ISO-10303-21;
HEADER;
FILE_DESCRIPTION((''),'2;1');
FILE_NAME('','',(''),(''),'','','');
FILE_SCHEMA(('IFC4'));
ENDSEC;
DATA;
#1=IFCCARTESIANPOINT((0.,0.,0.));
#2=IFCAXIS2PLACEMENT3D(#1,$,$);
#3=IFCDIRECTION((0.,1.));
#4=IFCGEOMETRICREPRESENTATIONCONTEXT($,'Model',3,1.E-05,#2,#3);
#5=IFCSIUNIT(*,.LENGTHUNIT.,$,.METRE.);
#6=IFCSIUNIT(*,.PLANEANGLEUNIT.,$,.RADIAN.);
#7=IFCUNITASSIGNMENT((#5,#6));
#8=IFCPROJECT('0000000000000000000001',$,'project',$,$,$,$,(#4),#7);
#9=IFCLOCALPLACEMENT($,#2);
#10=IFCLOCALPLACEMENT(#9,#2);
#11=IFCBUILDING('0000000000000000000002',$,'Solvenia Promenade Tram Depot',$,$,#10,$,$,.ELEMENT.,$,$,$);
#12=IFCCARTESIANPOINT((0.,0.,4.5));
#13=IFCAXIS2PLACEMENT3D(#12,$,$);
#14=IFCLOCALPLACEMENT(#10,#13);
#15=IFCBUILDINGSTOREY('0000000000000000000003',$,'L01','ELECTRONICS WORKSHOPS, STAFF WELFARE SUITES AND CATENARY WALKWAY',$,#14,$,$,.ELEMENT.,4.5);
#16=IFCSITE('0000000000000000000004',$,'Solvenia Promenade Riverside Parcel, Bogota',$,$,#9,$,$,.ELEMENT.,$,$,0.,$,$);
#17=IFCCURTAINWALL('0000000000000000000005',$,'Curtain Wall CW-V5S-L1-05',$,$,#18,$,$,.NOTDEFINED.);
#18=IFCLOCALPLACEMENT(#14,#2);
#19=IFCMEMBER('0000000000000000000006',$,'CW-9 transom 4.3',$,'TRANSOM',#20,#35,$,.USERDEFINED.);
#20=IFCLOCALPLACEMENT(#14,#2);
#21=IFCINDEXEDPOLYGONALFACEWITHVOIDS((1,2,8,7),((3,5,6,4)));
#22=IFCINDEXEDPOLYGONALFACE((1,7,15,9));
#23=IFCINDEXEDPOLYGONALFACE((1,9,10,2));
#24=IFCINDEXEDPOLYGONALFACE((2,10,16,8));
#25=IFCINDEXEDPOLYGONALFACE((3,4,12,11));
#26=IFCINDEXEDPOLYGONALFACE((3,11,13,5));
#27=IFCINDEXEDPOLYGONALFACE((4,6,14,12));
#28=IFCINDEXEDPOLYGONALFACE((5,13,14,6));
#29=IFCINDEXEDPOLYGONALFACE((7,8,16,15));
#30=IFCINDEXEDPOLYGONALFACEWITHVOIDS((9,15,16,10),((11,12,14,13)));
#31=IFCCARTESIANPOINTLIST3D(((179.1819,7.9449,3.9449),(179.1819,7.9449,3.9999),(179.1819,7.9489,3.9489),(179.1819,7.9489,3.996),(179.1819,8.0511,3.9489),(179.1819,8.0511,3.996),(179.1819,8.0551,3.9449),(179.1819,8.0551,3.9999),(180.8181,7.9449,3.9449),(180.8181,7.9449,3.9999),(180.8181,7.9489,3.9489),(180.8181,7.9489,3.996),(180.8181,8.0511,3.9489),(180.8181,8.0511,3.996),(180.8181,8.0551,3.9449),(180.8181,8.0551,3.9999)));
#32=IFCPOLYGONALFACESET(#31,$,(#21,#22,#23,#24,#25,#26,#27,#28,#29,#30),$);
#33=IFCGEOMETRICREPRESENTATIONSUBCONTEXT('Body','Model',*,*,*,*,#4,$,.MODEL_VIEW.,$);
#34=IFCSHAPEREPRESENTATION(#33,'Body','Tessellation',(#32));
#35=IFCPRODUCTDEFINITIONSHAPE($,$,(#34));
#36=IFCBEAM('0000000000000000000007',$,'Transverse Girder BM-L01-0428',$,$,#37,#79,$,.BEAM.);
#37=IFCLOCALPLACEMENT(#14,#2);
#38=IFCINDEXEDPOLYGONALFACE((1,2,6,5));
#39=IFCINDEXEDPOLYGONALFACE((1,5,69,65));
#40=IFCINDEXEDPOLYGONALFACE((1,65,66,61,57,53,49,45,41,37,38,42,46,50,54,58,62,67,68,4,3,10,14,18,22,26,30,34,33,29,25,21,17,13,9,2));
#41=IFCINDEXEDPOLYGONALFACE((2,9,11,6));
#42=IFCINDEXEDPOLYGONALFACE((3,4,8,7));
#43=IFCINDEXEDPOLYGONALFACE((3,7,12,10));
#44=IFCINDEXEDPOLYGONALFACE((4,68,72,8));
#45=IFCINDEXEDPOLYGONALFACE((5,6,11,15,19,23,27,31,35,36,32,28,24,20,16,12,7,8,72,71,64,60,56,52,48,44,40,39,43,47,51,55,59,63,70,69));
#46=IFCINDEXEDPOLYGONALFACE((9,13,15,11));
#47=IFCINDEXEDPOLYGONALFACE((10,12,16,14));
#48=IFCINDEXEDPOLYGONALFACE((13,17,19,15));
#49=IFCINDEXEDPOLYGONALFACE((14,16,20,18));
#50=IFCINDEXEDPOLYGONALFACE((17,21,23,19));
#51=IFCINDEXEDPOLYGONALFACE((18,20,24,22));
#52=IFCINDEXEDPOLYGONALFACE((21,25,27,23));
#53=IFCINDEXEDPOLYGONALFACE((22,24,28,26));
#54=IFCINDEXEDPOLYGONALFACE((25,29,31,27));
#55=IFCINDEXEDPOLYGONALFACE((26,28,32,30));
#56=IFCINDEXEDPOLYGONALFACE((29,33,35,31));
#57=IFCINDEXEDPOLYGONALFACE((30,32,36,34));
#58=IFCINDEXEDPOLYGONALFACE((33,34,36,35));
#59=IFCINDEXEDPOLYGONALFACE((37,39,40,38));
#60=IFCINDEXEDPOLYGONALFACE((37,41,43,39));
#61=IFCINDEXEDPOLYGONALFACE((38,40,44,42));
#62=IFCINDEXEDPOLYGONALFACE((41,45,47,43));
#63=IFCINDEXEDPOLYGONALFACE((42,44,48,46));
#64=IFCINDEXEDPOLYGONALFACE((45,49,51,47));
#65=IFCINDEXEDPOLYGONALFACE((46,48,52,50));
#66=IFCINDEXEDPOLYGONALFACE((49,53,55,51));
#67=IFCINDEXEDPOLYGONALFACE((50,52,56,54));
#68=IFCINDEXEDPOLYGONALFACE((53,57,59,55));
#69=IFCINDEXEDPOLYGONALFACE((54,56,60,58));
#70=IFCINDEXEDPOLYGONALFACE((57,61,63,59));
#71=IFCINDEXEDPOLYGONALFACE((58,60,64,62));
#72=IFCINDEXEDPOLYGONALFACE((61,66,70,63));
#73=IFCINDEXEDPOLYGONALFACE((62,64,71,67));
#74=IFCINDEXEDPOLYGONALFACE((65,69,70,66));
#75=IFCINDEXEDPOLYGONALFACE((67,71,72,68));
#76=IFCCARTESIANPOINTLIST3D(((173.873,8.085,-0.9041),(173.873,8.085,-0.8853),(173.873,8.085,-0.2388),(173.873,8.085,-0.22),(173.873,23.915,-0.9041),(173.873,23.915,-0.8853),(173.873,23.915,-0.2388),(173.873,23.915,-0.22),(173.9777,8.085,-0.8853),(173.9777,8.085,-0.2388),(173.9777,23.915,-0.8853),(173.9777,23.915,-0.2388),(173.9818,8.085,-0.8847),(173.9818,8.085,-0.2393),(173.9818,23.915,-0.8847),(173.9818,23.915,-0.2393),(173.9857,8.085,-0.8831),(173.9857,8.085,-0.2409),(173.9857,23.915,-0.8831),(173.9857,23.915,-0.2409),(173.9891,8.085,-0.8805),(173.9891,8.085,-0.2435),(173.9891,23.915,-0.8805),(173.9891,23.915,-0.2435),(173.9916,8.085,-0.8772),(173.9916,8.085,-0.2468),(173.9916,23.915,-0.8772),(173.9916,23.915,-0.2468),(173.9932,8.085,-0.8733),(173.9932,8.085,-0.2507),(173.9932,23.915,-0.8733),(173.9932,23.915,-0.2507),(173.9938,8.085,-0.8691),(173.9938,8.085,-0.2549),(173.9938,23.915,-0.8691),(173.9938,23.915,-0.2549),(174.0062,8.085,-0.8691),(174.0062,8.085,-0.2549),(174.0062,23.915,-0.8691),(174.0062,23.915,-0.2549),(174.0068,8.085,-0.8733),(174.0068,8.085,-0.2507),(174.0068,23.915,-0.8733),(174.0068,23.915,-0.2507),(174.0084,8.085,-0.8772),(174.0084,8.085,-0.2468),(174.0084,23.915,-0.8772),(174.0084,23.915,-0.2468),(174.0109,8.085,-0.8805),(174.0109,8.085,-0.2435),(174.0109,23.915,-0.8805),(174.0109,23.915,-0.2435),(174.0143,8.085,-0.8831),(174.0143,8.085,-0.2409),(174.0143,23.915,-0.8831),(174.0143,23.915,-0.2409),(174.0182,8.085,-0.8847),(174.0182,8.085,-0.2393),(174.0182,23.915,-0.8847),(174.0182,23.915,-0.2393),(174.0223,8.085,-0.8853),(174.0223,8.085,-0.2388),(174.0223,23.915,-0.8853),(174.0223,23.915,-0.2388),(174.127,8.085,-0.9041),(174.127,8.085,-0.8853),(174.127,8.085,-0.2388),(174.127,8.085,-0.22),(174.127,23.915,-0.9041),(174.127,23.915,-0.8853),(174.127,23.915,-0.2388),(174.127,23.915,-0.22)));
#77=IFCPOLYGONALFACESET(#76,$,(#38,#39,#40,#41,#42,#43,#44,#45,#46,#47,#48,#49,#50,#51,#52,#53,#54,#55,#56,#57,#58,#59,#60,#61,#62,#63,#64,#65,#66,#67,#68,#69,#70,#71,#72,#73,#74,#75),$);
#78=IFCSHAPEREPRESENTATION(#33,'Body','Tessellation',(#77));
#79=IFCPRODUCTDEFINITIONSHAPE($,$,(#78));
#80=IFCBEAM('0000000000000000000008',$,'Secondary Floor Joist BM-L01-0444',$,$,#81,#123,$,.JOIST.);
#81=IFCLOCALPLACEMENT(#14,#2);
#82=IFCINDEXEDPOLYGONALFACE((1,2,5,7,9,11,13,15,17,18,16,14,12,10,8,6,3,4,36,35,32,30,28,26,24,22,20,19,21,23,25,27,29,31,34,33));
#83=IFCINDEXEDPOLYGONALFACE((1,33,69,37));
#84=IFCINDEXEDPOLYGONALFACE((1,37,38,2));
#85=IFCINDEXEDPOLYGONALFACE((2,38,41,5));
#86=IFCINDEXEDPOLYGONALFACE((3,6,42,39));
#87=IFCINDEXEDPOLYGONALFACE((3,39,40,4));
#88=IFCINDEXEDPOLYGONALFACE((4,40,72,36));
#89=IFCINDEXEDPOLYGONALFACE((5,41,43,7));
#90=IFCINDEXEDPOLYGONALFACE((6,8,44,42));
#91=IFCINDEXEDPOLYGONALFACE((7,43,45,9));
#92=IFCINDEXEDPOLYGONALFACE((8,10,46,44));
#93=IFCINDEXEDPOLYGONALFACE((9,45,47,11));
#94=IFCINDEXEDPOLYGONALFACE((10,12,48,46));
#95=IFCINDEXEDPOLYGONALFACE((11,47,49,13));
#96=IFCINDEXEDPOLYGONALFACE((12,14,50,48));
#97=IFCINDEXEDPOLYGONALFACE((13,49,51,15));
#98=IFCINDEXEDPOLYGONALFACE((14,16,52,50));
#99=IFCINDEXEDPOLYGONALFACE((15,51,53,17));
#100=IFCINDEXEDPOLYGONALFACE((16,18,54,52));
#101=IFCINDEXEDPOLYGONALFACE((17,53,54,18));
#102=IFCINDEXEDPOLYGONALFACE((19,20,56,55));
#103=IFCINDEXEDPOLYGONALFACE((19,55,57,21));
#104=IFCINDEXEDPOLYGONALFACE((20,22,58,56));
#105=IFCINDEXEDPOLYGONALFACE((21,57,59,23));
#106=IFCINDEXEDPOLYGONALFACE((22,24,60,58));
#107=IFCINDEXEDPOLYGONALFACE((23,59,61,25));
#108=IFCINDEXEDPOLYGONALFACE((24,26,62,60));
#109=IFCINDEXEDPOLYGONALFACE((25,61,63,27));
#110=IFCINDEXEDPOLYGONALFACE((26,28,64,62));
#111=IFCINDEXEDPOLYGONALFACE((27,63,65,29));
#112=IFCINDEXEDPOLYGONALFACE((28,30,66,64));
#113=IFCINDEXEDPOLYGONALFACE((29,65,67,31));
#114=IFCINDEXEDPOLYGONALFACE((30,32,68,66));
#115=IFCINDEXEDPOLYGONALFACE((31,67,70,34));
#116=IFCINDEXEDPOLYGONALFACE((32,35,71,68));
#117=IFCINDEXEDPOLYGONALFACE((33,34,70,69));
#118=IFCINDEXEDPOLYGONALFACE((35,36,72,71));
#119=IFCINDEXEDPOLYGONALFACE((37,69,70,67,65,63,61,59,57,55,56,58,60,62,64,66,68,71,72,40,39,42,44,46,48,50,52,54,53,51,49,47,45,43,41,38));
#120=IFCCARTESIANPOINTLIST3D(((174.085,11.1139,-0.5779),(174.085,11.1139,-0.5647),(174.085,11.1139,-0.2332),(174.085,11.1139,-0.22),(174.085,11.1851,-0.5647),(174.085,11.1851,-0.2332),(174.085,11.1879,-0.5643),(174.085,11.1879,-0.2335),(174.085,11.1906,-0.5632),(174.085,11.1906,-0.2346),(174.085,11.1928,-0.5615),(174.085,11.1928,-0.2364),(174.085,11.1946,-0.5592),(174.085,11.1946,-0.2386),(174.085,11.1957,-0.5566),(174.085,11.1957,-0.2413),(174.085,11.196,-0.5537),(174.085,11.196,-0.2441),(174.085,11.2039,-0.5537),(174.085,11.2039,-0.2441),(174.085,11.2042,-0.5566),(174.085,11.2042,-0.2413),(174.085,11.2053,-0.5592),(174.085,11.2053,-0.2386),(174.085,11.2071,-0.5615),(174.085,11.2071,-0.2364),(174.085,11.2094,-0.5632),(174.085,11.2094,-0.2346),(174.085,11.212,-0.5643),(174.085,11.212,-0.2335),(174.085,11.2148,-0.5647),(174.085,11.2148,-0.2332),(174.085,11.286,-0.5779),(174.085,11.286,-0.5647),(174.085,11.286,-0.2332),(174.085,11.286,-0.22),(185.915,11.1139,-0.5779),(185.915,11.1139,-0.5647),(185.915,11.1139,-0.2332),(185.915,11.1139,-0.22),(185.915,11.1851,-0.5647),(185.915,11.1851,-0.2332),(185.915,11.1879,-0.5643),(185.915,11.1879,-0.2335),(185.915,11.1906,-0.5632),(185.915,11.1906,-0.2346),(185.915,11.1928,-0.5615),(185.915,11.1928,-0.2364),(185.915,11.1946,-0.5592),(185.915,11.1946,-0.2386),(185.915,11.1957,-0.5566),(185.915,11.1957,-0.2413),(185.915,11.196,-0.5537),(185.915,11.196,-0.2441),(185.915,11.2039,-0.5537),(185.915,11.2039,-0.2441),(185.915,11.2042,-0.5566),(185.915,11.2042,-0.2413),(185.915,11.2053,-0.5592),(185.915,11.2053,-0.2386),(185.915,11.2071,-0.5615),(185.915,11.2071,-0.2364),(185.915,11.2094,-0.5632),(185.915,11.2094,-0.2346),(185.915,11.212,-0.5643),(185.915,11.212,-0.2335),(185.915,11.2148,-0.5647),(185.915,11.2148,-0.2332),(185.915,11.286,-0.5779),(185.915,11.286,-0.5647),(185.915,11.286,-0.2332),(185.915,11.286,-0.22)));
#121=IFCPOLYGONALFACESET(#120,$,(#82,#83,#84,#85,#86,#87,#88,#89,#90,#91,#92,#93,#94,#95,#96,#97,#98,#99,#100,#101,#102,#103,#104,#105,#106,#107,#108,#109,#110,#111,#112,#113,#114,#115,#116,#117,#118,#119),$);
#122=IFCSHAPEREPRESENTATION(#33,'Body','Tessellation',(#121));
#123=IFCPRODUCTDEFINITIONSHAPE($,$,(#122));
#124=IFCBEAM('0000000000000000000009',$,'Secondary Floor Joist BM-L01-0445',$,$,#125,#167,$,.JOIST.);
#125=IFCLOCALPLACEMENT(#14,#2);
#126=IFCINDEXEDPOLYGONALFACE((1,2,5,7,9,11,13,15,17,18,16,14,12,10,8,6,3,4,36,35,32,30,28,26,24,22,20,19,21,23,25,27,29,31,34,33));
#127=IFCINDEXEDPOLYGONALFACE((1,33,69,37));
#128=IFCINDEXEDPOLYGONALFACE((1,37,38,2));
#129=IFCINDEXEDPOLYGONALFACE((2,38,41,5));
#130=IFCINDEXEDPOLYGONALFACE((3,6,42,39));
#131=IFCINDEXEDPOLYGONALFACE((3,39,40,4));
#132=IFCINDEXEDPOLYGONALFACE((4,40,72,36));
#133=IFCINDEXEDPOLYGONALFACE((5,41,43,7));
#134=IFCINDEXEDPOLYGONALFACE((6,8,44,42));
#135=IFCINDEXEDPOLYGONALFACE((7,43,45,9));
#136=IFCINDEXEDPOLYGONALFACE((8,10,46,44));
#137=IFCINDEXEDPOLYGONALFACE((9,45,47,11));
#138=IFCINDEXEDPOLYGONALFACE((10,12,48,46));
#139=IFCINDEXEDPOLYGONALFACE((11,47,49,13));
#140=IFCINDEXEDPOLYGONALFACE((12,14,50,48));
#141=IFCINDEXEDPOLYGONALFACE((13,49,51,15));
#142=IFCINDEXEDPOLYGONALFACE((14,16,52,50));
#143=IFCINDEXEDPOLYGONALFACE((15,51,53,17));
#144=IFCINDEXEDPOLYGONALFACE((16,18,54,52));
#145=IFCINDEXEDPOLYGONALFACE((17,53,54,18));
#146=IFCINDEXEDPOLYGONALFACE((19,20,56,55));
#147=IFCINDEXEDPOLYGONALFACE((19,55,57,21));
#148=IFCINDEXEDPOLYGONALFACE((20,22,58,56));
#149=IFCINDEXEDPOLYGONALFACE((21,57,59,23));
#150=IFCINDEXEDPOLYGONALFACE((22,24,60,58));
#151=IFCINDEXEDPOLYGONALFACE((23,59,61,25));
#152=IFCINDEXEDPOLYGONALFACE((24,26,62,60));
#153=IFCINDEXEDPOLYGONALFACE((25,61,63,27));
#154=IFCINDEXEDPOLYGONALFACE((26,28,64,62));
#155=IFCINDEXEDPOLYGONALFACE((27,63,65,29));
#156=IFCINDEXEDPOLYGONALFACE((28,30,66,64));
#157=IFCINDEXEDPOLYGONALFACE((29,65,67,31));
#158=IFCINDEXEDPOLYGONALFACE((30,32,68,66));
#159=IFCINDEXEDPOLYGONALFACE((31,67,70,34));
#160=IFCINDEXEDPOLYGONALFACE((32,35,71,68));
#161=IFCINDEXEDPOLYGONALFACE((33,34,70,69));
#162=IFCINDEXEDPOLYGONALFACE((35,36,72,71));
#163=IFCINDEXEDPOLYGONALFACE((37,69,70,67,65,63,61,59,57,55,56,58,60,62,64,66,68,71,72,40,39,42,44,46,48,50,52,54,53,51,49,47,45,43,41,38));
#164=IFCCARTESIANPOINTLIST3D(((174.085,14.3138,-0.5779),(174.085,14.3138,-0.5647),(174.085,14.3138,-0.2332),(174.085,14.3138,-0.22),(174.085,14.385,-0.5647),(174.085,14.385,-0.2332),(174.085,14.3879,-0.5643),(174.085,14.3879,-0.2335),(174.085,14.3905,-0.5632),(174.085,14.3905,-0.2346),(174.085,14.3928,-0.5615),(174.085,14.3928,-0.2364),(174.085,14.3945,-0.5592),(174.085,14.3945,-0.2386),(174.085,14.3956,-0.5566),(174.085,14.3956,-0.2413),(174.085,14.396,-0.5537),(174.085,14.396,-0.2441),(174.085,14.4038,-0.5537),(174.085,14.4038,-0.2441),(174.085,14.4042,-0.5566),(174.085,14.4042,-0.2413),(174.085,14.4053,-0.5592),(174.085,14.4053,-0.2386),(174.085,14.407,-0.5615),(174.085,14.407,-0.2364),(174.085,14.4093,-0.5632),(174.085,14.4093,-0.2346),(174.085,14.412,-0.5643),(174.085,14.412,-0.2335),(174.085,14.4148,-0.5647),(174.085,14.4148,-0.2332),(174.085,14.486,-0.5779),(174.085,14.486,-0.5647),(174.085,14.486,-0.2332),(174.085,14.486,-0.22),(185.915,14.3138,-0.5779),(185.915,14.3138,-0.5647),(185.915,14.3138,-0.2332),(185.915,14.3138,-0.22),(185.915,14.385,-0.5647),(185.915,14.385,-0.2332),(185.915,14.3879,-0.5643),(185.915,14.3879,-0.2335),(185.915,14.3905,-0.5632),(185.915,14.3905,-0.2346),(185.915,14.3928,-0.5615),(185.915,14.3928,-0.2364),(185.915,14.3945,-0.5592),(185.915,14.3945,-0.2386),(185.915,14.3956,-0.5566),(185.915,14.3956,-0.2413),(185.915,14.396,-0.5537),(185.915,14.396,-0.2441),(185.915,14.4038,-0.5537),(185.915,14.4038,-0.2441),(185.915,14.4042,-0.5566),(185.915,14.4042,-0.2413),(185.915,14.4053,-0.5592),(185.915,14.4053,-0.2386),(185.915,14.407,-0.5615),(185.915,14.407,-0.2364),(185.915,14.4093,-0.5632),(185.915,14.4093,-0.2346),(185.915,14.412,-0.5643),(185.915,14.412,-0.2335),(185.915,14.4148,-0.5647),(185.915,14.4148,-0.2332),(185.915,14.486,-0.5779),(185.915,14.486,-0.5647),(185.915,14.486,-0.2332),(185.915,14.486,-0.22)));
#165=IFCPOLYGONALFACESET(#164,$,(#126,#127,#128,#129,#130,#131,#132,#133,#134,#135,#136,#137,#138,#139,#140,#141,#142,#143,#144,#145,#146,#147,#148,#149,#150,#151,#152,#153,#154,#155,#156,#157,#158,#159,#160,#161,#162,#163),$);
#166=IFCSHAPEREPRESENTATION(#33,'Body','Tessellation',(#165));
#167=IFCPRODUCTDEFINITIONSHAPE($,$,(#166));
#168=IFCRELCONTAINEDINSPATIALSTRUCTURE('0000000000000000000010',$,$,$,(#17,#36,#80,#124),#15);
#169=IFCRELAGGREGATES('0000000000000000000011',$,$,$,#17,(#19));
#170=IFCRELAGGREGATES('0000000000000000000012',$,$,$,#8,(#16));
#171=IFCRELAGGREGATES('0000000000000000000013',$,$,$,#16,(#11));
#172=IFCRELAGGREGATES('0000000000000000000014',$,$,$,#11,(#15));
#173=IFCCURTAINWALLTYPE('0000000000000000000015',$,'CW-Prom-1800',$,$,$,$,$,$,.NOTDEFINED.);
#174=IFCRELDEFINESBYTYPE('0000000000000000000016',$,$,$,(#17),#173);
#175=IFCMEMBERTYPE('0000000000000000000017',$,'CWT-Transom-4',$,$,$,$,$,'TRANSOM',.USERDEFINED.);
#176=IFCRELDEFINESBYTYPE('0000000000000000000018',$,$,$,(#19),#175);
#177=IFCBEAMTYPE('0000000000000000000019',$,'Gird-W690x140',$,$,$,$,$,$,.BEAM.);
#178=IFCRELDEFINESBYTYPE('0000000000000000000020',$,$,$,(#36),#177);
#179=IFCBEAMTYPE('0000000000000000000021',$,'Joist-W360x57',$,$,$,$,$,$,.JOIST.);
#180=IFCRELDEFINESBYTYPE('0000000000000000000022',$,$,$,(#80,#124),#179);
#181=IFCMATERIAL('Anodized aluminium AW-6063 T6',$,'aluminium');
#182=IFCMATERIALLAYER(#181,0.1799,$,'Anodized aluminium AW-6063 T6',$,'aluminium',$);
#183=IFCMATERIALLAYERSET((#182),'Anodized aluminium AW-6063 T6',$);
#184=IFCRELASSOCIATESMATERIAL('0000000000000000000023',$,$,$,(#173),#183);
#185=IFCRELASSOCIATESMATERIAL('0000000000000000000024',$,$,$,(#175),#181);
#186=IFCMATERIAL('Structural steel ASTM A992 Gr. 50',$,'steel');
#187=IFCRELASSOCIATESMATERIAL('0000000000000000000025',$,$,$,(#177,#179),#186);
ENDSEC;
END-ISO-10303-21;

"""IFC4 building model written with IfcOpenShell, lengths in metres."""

from ifc_helpers import new_model, si_unit, direction, frame, origin, origin_2d, place, context, subcontext, project, spatial, hollow_rectangle, i_section, extrude, material, layer, layer_set, material_profile, profile_set, type_object, element, aggregate, save


model = new_model("IFC4")

# Units and contexts
model_context = context("Model", 3, precision=1e-05, world=origin(), true_north=direction((0.0, 1.0)))
body_context = subcontext(model_context, "Body", "Model", "MODEL_VIEW")
ifc_project = project(units=[si_unit("LENGTHUNIT", "METRE"), si_unit("PLANEANGLEUNIT", "RADIAN")], contexts=[model_context])

# Site, building, storey
site_placement = place(None, origin())
site = spatial("IfcSite", under=ifc_project, at=site_placement, Name="Solvenia Promenade Riverside Parcel, Bogota", CompositionType="ELEMENT", RefElevation=0.0)
building_placement = place(site_placement, origin())
building = spatial("IfcBuilding", under=site, at=building_placement, Name="Solvenia Promenade Tram Depot", CompositionType="ELEMENT")
storey_placement = place(building_placement, frame((0.0, 0.0, 4.5)))
storey = spatial("IfcBuildingStorey", under=building, at=storey_placement, Name="L01", Description="ELECTRONICS WORKSHOPS, STAFF WELFARE SUITES AND CATENARY WALKWAY", CompositionType="ELEMENT", Elevation=4.5)

# Curtain wall, member
ifc_material_1 = material(Name="Anodized aluminium AW-6063 T6", Category="aluminium")
ifc_layer_1 = layer(ifc_material_1, 0.1799, Name="Anodized aluminium AW-6063 T6", Category="aluminium")
ifc_layer_set_1 = layer_set([ifc_layer_1], Name="Anodized aluminium AW-6063 T6")
curtain_wall_type = type_object("IfcCurtainWallType", Name="CW-Prom-1800", PredefinedType="NOTDEFINED", material=ifc_layer_set_1)
curtain_wall_placement = place(storey_placement, origin())
curtain_wall = element("IfcCurtainWall", 1, at=curtain_wall_placement, inside=storey, type_object=curtain_wall_type, Name="Curtain Wall CW-V5S-L1-05", PredefinedType="NOTDEFINED")
ifc_material_profile_1 = material_profile(ifc_material_1, hollow_rectangle(XDim=0.1101, YDim=0.0549, WallThickness=0.0039, at=origin_2d()), Name="ALU-T4", Category="aluminium")
ifc_profile_set_1 = profile_set([ifc_material_profile_1], Name="Anodized aluminium AW-6063 T6")
member_type_1 = type_object("IfcMemberType", Name="CWT-Transom-4", ElementType="TRANSOM", PredefinedType="USERDEFINED", material=ifc_profile_set_1)
member_1_placement = place(storey_placement, frame((179.1819, 8.0, 3.9724), z_axis=(1.0, 0.0, 0.0), x_axis=(0.0, 1.0, 0.0)))
member_1 = element("IfcMember", 2, at=member_1_placement, type_object=member_type_1, Name="CW-9 transom 4.3", ObjectType="TRANSOM", PredefinedType="USERDEFINED", context=body_context, shape_type="SweptSolid", body=[
    extrude(hollow_rectangle(XDim=0.1101, YDim=0.0549, WallThickness=0.0039, at=origin_2d()), origin(), (0.0, 0.0, 1.0), 1.6362),
])

# Beams
ifc_material_2 = material(Name="Structural steel ASTM A992 Gr. 50", Category="steel")
ifc_material_profile_2 = material_profile(ifc_material_2, i_section(OverallWidth=0.2539, OverallDepth=0.6841, WebThickness=0.0125, FlangeThickness=0.0188, FilletRadius=0.0161, at=origin_2d()), Name="W690x140", Category="steel")
ifc_profile_set_2 = profile_set([ifc_material_profile_2], Name="Structural steel ASTM A992 Gr. 50")
beam_type_1 = type_object("IfcBeamType", Name="Gird-W690x140", PredefinedType="BEAM", material=ifc_profile_set_2)
beam_placement = place(storey_placement, frame((174.0, 8.085, -0.562), z_axis=(0.0, 1.0, 0.0), x_axis=(-1.0, 0.0, 0.0)))
element("IfcBeam", 3, at=beam_placement, inside=storey, type_object=beam_type_1, Name="Transverse Girder BM-L01-0428", PredefinedType="BEAM", context=body_context, shape_type="SweptSolid", body=[
    extrude(i_section(OverallWidth=0.2539, OverallDepth=0.6841, WebThickness=0.0125, FlangeThickness=0.0188, FilletRadius=0.0161, at=origin_2d()), origin(), (0.0, 0.0, 1.0), 15.8301),
])
ifc_material_profile_3 = material_profile(ifc_material_2, i_section(OverallWidth=0.1721, OverallDepth=0.3579, WebThickness=0.0078, FlangeThickness=0.0132, FilletRadius=0.011, at=origin_2d()), Name="W360x57", Category="steel")
ifc_profile_set_3 = profile_set([ifc_material_profile_3], Name="Structural steel ASTM A992 Gr. 50")
beam_type_2 = type_object("IfcBeamType", Name="Joist-W360x57", PredefinedType="JOIST", material=ifc_profile_set_3)
for number, where, z_axis, x_axis, name in (
    (4, (174.085, 11.2, -0.3989), (1.0, 0.0, 0.0), (0.0, 1.0, 0.0), "Secondary Floor Joist BM-L01-0444"),
    (5, (174.085, 14.3999, -0.3989), (1.0, 0.0, 0.0), (0.0, 1.0, 0.0), "Secondary Floor Joist BM-L01-0445"),
):
    element("IfcBeam", number, at=place(storey_placement, frame(where, z_axis=z_axis, x_axis=x_axis)), inside=storey, type_object=beam_type_2, Name=name, PredefinedType="JOIST", context=body_context, shape_type="SweptSolid", body=[
        extrude(i_section(OverallWidth=0.1721, OverallDepth=0.3579, WebThickness=0.0078, FlangeThickness=0.0132, FilletRadius=0.011, at=origin_2d()), origin(), (0.0, 0.0, 1.0), 11.8301),
    ])

aggregate(curtain_wall, [member_1])

save(model, "model.ifc")
